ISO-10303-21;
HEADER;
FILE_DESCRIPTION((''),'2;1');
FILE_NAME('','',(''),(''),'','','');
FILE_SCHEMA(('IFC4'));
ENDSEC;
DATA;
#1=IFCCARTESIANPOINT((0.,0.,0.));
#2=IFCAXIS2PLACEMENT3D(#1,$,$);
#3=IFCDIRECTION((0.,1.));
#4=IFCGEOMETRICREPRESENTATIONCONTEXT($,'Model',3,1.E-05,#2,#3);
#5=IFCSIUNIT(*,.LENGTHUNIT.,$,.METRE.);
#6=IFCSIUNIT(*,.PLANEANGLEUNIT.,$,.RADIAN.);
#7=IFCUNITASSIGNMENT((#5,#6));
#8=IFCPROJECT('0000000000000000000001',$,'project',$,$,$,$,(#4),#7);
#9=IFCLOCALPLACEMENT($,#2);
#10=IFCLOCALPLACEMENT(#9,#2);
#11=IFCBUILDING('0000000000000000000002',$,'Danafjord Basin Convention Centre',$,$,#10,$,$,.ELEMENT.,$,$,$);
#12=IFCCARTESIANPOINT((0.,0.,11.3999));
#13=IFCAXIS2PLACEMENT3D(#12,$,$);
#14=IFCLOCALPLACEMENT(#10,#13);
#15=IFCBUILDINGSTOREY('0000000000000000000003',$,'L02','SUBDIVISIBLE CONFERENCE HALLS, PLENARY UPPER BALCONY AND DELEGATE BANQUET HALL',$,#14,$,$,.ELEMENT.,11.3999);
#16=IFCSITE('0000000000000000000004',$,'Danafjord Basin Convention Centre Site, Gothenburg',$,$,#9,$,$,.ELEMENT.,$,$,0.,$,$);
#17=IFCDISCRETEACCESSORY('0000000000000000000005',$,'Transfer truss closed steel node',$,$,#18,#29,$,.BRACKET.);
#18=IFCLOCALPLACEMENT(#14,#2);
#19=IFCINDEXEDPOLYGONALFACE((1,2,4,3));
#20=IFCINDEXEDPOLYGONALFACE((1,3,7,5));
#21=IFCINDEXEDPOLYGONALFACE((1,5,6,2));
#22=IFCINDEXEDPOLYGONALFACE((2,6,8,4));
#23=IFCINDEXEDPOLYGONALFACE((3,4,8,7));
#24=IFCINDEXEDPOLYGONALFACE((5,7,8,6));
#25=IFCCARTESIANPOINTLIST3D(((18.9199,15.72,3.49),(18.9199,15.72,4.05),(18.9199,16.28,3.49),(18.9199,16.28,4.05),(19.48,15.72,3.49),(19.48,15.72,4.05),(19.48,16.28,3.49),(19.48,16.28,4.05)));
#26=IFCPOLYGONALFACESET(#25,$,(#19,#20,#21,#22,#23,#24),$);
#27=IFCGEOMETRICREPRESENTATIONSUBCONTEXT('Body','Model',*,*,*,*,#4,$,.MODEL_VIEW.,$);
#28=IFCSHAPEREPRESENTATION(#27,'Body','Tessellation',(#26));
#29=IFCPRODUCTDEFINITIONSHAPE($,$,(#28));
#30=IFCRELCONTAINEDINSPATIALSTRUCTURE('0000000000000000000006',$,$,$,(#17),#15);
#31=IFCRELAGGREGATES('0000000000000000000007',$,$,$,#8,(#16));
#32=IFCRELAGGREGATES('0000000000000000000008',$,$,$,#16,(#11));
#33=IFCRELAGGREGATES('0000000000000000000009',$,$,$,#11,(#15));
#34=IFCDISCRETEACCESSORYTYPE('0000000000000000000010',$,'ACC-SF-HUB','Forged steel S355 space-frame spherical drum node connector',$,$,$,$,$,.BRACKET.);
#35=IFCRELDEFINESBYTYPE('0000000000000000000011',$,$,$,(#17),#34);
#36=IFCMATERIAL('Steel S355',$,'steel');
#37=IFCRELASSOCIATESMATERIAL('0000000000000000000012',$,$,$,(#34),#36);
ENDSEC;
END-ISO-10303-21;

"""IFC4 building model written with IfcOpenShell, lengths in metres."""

from ifc_helpers import new_model, si_unit, direction, frame, origin, origin_2d, place, context, subcontext, project, spatial, rectangle, extrude, material, type_object, element, save


model = new_model("IFC4")

# Units and contexts
model_context = context("Model", 3, precision=1e-05, world=origin(), true_north=direction((0.0, 1.0)))
body_context = subcontext(model_context, "Body", "Model", "MODEL_VIEW")
ifc_project = project(units=[si_unit("LENGTHUNIT", "METRE"), si_unit("PLANEANGLEUNIT", "RADIAN")], contexts=[model_context])

# Site, building, storey
site_placement = place(None, origin())
site = spatial("IfcSite", under=ifc_project, at=site_placement, Name="Danafjord Basin Convention Centre Site, Gothenburg", CompositionType="ELEMENT", RefElevation=0.0)
building_placement = place(site_placement, origin())
building = spatial("IfcBuilding", under=site, at=building_placement, Name="Danafjord Basin Convention Centre", CompositionType="ELEMENT")
storey_placement = place(building_placement, frame((0.0, 0.0, 11.3999)))
storey = spatial("IfcBuildingStorey", under=building, at=storey_placement, Name="L02", Description="SUBDIVISIBLE CONFERENCE HALLS, PLENARY UPPER BALCONY AND DELEGATE BANQUET HALL", CompositionType="ELEMENT", Elevation=11.3999)

# Shared definitions
ifc_material_1 = material(Name="Steel S355", Category="steel")

# Discrete accessory
discrete_accessory_type = type_object("IfcDiscreteAccessoryType", Name="ACC-SF-HUB", Description="Forged steel S355 space-frame spherical drum node connector", PredefinedType="BRACKET", material=ifc_material_1)
for number, where, z_axis, x_axis, name in (
    (1, (19.2, 16.0, 3.49), (0.0, 0.0, 1.0), (1.0, 0.0, 0.0), "Transfer truss closed steel node"),
):
    element("IfcDiscreteAccessory", number, at=place(storey_placement, frame(where, z_axis=z_axis, x_axis=x_axis)), inside=storey, type_object=discrete_accessory_type, Name=name, PredefinedType="BRACKET", context=body_context, shape_type="SweptSolid", body=[
        extrude(rectangle(XDim=0.5601, YDim=0.5601, at=origin_2d()), origin(), (0.0, 0.0, 1.0), 0.5601),
    ])

save(model, "model.ifc")
